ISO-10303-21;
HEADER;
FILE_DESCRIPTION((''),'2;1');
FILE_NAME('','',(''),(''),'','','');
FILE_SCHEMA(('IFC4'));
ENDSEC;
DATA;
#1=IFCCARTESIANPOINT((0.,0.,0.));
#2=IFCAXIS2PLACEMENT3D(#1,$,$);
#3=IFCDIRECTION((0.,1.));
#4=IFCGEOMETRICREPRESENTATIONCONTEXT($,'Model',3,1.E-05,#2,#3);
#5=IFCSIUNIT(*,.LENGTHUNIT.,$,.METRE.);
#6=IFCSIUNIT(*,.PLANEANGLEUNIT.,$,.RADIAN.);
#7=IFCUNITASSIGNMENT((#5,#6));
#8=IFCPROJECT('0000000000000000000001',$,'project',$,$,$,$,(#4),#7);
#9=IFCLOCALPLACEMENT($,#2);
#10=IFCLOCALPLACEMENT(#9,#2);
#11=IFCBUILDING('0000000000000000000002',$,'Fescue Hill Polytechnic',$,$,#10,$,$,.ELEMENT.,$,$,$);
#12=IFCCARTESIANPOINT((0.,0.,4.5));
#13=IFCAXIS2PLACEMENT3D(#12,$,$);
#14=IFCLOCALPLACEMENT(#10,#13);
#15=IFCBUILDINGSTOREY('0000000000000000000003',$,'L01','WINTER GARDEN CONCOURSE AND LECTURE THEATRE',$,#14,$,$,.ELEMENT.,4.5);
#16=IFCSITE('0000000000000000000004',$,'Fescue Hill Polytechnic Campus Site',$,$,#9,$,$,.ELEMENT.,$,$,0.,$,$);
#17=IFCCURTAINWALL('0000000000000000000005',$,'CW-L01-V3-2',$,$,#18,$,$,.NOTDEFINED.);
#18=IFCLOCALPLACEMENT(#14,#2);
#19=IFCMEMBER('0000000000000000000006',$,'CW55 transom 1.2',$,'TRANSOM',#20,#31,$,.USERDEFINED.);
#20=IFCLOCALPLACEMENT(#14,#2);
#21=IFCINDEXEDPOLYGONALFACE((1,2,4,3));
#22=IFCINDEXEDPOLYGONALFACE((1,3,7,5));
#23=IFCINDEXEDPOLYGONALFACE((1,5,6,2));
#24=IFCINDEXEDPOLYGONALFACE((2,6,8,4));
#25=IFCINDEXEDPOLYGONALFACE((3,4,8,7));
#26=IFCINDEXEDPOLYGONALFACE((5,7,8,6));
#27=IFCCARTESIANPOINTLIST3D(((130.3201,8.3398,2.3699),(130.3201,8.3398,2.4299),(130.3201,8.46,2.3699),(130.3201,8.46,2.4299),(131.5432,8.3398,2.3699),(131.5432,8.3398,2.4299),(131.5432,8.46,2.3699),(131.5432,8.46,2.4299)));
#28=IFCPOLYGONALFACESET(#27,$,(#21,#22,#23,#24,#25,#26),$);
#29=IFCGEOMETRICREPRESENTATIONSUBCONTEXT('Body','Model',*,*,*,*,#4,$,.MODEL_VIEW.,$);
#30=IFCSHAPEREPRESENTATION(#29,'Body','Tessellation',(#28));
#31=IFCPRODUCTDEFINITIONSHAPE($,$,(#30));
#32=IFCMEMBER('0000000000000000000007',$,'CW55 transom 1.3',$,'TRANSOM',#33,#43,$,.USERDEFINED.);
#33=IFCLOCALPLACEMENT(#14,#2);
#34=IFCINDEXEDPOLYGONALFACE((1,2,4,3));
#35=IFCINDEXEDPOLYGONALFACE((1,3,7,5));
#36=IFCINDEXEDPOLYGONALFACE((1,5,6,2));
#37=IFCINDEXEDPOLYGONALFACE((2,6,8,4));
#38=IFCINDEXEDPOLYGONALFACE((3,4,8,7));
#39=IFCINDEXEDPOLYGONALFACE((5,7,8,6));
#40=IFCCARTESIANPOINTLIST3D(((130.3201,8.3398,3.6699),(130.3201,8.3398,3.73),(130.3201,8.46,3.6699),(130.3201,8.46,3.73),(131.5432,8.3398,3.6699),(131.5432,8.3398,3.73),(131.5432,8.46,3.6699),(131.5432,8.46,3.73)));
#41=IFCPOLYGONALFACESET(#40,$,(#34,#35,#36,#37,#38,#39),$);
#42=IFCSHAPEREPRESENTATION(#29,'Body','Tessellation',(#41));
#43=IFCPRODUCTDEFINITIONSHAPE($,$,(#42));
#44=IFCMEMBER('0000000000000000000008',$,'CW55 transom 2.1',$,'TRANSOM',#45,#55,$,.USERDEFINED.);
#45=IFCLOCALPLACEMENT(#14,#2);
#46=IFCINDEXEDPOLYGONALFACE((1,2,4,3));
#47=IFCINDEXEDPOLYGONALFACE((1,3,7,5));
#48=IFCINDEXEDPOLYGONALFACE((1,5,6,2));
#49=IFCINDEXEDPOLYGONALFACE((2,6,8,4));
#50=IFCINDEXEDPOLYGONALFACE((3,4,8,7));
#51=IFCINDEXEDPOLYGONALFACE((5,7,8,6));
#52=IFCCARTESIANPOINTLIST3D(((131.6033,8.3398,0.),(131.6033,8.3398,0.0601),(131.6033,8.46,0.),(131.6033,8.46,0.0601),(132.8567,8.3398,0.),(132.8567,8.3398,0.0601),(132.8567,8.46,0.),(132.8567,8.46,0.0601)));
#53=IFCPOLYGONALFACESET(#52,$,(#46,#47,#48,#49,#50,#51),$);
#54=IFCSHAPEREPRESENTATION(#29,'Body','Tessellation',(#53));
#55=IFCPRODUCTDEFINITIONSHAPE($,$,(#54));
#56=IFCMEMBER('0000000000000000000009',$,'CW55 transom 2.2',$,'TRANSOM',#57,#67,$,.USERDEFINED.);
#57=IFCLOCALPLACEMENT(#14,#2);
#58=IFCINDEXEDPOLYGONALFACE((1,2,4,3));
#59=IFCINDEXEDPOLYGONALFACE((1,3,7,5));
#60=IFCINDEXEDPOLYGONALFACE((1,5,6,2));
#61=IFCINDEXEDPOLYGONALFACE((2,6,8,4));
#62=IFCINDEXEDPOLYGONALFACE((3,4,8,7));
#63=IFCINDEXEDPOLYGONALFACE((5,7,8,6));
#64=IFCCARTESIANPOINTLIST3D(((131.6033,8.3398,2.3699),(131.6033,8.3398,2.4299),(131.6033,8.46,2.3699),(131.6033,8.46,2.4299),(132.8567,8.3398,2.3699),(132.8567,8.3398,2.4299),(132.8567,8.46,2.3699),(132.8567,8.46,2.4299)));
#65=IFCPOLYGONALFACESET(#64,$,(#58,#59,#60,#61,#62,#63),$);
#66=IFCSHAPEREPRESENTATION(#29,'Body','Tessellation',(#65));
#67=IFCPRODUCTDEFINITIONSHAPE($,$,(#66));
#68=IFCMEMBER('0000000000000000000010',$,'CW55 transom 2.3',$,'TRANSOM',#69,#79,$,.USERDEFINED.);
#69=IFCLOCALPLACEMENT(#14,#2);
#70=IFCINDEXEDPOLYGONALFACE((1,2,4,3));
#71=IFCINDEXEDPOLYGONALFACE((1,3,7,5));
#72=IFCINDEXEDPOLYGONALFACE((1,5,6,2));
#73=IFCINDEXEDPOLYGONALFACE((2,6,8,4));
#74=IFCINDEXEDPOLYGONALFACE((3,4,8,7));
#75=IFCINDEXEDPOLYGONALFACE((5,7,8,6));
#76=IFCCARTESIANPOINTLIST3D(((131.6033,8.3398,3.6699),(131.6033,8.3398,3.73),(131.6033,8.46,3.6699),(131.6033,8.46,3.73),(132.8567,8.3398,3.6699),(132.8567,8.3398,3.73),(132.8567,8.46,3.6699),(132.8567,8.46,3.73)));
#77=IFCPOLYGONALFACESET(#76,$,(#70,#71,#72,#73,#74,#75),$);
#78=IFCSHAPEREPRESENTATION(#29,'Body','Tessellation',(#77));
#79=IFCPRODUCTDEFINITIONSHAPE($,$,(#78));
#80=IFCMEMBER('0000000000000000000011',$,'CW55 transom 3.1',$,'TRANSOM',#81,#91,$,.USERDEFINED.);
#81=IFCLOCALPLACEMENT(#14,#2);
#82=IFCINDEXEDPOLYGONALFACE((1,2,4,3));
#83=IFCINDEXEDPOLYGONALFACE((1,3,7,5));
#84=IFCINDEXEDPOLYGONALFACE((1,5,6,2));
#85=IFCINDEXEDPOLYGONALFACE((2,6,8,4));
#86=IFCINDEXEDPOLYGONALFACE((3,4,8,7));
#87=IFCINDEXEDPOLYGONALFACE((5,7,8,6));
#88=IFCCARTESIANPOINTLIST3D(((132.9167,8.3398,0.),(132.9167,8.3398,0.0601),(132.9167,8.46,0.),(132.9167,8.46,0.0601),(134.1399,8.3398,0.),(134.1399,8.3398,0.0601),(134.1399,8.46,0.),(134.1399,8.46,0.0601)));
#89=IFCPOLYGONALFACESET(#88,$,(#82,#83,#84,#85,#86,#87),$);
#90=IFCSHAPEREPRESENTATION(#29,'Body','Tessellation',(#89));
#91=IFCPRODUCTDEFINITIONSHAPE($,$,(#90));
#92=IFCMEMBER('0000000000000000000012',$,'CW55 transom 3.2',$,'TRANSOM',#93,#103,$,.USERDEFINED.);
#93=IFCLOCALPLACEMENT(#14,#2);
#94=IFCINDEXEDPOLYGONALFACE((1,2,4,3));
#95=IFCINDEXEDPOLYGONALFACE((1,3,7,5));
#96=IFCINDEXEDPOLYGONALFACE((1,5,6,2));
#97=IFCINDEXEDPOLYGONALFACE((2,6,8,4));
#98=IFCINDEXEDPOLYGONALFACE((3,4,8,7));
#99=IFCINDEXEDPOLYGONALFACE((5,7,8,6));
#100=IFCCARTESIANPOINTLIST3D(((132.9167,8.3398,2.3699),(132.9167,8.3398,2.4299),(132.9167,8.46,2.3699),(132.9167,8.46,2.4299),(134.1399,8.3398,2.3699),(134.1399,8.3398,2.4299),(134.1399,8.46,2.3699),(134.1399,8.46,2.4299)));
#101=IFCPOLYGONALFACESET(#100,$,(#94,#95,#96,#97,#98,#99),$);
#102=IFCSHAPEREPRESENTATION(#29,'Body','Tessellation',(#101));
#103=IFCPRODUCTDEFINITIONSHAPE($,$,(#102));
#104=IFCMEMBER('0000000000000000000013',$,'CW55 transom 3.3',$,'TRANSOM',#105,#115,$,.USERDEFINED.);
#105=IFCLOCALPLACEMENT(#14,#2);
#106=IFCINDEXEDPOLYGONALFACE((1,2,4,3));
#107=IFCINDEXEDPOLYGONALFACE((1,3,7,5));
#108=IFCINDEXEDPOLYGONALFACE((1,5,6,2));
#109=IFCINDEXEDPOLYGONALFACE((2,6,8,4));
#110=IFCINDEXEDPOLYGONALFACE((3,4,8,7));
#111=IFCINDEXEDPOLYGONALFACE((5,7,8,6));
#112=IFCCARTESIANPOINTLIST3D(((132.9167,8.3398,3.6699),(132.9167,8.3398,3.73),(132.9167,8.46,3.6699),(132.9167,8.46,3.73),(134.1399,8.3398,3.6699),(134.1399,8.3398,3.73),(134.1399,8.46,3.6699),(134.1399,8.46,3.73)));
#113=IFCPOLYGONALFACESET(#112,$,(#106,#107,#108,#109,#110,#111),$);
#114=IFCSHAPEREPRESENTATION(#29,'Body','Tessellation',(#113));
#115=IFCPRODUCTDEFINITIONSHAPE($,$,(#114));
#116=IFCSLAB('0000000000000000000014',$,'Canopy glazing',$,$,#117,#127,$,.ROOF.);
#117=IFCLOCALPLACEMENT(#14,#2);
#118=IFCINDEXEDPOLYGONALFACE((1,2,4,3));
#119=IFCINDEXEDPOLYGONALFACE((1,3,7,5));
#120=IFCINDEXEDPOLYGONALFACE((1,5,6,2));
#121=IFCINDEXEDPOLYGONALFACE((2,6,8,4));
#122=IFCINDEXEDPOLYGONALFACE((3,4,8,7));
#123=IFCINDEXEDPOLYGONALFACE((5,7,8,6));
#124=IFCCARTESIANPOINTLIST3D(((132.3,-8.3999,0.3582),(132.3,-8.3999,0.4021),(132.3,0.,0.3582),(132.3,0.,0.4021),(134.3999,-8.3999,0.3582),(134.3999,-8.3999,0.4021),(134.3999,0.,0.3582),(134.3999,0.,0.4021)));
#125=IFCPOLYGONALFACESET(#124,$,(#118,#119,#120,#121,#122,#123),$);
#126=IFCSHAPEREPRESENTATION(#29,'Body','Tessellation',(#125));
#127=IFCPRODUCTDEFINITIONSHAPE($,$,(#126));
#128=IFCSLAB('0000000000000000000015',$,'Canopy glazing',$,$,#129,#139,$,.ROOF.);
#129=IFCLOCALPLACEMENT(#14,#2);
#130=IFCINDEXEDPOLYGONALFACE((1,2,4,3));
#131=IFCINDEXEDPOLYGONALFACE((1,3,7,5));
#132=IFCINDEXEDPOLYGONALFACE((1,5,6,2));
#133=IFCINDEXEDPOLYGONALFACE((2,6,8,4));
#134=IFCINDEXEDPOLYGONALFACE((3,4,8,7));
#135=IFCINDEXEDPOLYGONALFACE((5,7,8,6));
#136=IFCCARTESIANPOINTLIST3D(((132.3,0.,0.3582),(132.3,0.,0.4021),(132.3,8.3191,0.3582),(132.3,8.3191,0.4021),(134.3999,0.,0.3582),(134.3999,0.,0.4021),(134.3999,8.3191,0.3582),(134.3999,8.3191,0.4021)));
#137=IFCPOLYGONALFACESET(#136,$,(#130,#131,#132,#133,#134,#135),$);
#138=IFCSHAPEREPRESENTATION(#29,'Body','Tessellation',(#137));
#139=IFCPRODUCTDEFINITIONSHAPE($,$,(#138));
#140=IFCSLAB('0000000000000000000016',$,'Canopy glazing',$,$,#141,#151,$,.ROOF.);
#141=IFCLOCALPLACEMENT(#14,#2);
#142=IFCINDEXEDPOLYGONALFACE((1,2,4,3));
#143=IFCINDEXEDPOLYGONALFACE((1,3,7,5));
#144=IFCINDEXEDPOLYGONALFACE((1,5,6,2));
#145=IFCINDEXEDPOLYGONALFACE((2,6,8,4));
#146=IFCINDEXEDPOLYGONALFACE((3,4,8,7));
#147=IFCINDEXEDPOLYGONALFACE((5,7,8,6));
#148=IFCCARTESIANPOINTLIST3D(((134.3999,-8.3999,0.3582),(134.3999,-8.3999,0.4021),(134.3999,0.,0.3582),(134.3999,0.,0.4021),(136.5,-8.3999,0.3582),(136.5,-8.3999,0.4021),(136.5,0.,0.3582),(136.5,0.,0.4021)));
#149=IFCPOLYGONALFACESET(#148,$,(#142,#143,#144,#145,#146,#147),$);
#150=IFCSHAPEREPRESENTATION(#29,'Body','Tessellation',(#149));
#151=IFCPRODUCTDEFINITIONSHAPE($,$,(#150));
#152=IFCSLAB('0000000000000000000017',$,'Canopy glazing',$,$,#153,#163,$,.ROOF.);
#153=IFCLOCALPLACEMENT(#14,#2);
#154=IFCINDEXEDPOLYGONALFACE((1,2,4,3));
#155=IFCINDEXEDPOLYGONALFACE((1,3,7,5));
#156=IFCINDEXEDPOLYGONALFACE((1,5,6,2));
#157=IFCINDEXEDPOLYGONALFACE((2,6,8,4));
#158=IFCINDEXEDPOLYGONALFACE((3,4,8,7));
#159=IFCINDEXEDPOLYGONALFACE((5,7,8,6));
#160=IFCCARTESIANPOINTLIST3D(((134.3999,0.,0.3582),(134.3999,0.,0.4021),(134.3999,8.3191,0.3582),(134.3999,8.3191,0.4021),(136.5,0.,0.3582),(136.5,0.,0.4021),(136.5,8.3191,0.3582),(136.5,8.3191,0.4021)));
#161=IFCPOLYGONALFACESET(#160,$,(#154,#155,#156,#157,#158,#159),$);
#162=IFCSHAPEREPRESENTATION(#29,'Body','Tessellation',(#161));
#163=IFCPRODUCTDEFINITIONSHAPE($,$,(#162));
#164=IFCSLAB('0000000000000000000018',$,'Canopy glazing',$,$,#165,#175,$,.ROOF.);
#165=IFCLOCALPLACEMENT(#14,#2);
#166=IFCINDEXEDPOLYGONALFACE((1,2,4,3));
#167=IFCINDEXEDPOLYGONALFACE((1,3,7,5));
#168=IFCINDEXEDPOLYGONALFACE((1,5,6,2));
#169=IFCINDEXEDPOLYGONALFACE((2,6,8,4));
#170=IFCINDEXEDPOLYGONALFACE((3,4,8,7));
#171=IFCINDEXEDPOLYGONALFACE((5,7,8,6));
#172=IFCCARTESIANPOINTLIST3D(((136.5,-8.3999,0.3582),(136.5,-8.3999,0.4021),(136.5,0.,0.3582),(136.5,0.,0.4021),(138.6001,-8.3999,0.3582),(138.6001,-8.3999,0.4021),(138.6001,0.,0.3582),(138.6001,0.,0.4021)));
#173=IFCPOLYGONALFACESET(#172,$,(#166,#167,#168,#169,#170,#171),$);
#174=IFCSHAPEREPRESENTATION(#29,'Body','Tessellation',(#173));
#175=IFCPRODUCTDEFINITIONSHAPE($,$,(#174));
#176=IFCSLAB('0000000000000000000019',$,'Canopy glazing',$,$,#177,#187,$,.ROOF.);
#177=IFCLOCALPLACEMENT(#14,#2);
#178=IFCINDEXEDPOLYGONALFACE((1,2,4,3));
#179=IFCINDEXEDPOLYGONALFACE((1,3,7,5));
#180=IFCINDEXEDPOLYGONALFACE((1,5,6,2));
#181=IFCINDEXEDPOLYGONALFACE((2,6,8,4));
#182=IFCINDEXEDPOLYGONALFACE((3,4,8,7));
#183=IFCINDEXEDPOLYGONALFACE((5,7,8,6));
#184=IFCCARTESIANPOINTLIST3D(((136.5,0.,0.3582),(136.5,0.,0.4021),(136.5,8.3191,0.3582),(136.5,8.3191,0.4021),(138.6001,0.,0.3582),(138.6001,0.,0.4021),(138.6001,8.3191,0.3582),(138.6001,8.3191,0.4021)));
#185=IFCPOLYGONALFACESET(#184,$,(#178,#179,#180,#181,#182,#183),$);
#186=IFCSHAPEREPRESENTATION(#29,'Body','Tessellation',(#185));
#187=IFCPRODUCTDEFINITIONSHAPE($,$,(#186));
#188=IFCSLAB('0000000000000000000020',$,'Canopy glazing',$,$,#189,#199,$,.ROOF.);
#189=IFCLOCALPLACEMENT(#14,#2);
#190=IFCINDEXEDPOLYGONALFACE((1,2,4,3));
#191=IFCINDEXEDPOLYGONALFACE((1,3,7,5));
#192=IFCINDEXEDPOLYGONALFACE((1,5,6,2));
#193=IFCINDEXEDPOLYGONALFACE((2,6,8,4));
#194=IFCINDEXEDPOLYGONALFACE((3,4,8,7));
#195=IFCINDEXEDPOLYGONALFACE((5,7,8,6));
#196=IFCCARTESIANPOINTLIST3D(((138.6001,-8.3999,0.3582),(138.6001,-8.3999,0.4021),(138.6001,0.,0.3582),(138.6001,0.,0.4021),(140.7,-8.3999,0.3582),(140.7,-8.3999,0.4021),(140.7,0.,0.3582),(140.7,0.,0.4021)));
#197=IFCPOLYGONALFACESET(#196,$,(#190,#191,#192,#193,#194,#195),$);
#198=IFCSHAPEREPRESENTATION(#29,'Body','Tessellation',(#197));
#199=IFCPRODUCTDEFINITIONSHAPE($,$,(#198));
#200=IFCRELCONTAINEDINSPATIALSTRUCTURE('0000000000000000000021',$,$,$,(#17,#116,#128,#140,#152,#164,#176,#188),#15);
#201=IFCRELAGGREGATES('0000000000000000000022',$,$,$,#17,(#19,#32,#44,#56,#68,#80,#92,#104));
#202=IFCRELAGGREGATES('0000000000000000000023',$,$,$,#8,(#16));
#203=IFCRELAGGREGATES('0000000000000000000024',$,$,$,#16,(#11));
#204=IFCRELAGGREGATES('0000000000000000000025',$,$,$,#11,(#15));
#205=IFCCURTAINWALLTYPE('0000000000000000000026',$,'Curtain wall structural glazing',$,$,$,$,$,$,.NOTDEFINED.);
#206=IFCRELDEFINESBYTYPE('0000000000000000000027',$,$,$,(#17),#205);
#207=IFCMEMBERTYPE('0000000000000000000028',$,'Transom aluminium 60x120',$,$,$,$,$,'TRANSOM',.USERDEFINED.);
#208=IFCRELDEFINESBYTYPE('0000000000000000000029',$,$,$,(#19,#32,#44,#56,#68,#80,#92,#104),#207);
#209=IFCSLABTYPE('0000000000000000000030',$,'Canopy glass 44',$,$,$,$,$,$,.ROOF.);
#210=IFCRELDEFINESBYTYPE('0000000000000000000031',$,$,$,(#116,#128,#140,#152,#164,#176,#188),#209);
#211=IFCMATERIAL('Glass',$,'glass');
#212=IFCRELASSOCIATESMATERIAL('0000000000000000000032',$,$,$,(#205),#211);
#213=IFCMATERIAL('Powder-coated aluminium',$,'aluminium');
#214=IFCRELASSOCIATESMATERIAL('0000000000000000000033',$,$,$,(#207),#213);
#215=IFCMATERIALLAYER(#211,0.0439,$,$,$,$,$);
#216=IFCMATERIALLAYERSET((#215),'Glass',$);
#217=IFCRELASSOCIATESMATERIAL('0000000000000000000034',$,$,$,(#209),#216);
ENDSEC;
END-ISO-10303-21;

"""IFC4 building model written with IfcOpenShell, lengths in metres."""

from ifc_helpers import new_model, si_unit, direction, frame, origin, origin_2d, place, context, subcontext, project, spatial, polyline, rectangle, outline, extrude, material, layer, layer_set, material_profile, profile_set, type_object, element, aggregate, save


model = new_model("IFC4")

# Units and contexts
model_context = context("Model", 3, precision=1e-05, world=origin(), true_north=direction((0.0, 1.0)))
body_context = subcontext(model_context, "Body", "Model", "MODEL_VIEW")
ifc_project = project(units=[si_unit("LENGTHUNIT", "METRE"), si_unit("PLANEANGLEUNIT", "RADIAN")], contexts=[model_context])

# Site, building, storey
site_placement = place(None, origin())
site = spatial("IfcSite", under=ifc_project, at=site_placement, Name="Fescue Hill Polytechnic Campus Site", CompositionType="ELEMENT", RefElevation=0.0)
building_placement = place(site_placement, origin())
building = spatial("IfcBuilding", under=site, at=building_placement, Name="Fescue Hill Polytechnic", CompositionType="ELEMENT")
storey_placement = place(building_placement, frame((0.0, 0.0, 4.5)))
storey = spatial("IfcBuildingStorey", under=building, at=storey_placement, Name="L01", Description="WINTER GARDEN CONCOURSE AND LECTURE THEATRE", CompositionType="ELEMENT", Elevation=4.5)

# Curtain wall, members
ifc_material_1 = material(Name="Glass", Category="glass")
curtain_wall_type = type_object("IfcCurtainWallType", Name="Curtain wall structural glazing", PredefinedType="NOTDEFINED", material=ifc_material_1)
curtain_wall_placement = place(storey_placement, origin())
curtain_wall = element("IfcCurtainWall", 1, at=curtain_wall_placement, inside=storey, type_object=curtain_wall_type, Name="CW-L01-V3-2", PredefinedType="NOTDEFINED")
ifc_material_2 = material(Name="Powder-coated aluminium", Category="aluminium")
ifc_material_profile_1 = material_profile(ifc_material_2, rectangle(XDim=0.1201, YDim=0.0601, at=origin_2d()), Name="Transom aluminium 60x120")
ifc_profile_set_1 = profile_set([ifc_material_profile_1], Name="Powder-coated aluminium")
member_type_1 = type_object("IfcMemberType", Name="Transom aluminium 60x120", ElementType="TRANSOM", PredefinedType="USERDEFINED", material=ifc_profile_set_1)
member_1_placement = place(storey_placement, frame((130.3201, 8.3999, 2.3999), z_axis=(1.0, 0.0, 0.0), x_axis=(0.0, 1.0, 0.0)))
member_1 = element("IfcMember", 2, at=member_1_placement, type_object=member_type_1, Name="CW55 transom 1.2", ObjectType="TRANSOM", PredefinedType="USERDEFINED", context=body_context, shape_type="SweptSolid", body=[
    extrude(rectangle(XDim=0.1201, YDim=0.0601, at=origin_2d()), origin(), (0.0, 0.0, 1.0), 1.2231),
])
member_2_placement = place(storey_placement, frame((130.3201, 8.3999, 3.7), z_axis=(1.0, 0.0, 0.0), x_axis=(0.0, 1.0, 0.0)))
member_2 = element("IfcMember", 3, at=member_2_placement, type_object=member_type_1, Name="CW55 transom 1.3", ObjectType="TRANSOM", PredefinedType="USERDEFINED", context=body_context, shape_type="SweptSolid", body=[
    extrude(rectangle(XDim=0.1201, YDim=0.0601, at=origin_2d()), origin(), (0.0, 0.0, 1.0), 1.2231),
])
member_3_placement = place(storey_placement, frame((131.6033, 8.3999, 0.03), z_axis=(1.0, 0.0, 0.0), x_axis=(0.0, 1.0, 0.0)))
member_3 = element("IfcMember", 4, at=member_3_placement, type_object=member_type_1, Name="CW55 transom 2.1", ObjectType="TRANSOM", PredefinedType="USERDEFINED", context=body_context, shape_type="SweptSolid", body=[
    extrude(rectangle(XDim=0.1201, YDim=0.0601, at=origin_2d()), origin(), (0.0, 0.0, 1.0), 1.2534),
])
member_4_placement = place(storey_placement, frame((131.6033, 8.3999, 2.3999), z_axis=(1.0, 0.0, 0.0), x_axis=(0.0, 1.0, 0.0)))
member_4 = element("IfcMember", 5, at=member_4_placement, type_object=member_type_1, Name="CW55 transom 2.2", ObjectType="TRANSOM", PredefinedType="USERDEFINED", context=body_context, shape_type="SweptSolid", body=[
    extrude(rectangle(XDim=0.1201, YDim=0.0601, at=origin_2d()), origin(), (0.0, 0.0, 1.0), 1.2534),
])
member_5_placement = place(storey_placement, frame((131.6033, 8.3999, 3.7), z_axis=(1.0, 0.0, 0.0), x_axis=(0.0, 1.0, 0.0)))
member_5 = element("IfcMember", 6, at=member_5_placement, type_object=member_type_1, Name="CW55 transom 2.3", ObjectType="TRANSOM", PredefinedType="USERDEFINED", context=body_context, shape_type="SweptSolid", body=[
    extrude(rectangle(XDim=0.1201, YDim=0.0601, at=origin_2d()), origin(), (0.0, 0.0, 1.0), 1.2534),
])
member_6_placement = place(storey_placement, frame((132.9167, 8.3999, 0.03), z_axis=(1.0, 0.0, 0.0), x_axis=(0.0, 1.0, 0.0)))
member_6 = element("IfcMember", 7, at=member_6_placement, type_object=member_type_1, Name="CW55 transom 3.1", ObjectType="TRANSOM", PredefinedType="USERDEFINED", context=body_context, shape_type="SweptSolid", body=[
    extrude(rectangle(XDim=0.1201, YDim=0.0601, at=origin_2d()), origin(), (0.0, 0.0, 1.0), 1.2231),
])
member_7_placement = place(storey_placement, frame((132.9167, 8.3999, 2.3999), z_axis=(1.0, 0.0, 0.0), x_axis=(0.0, 1.0, 0.0)))
member_7 = element("IfcMember", 8, at=member_7_placement, type_object=member_type_1, Name="CW55 transom 3.2", ObjectType="TRANSOM", PredefinedType="USERDEFINED", context=body_context, shape_type="SweptSolid", body=[
    extrude(rectangle(XDim=0.1201, YDim=0.0601, at=origin_2d()), origin(), (0.0, 0.0, 1.0), 1.2231),
])
member_8_placement = place(storey_placement, frame((132.9167, 8.3999, 3.7), z_axis=(1.0, 0.0, 0.0), x_axis=(0.0, 1.0, 0.0)))
member_8 = element("IfcMember", 9, at=member_8_placement, type_object=member_type_1, Name="CW55 transom 3.3", ObjectType="TRANSOM", PredefinedType="USERDEFINED", context=body_context, shape_type="SweptSolid", body=[
    extrude(rectangle(XDim=0.1201, YDim=0.0601, at=origin_2d()), origin(), (0.0, 0.0, 1.0), 1.2231),
])

# Slabs
ifc_layer_1 = layer(ifc_material_1, 0.0439)
ifc_layer_set_1 = layer_set([ifc_layer_1], Name="Glass")
slab_type = type_object("IfcSlabType", Name="Canopy glass 44", PredefinedType="ROOF", material=ifc_layer_set_1)
slab_1_placement = place(storey_placement, frame((132.3, -8.3999, 0.4021), z_axis=(0.0, 0.0, 1.0), x_axis=(1.0, 0.0, 0.0)))
element("IfcSlab", 10, at=slab_1_placement, inside=storey, type_object=slab_type, Name="Canopy glazing", PredefinedType="ROOF", context=body_context, shape_type="SweptSolid", body=[
    extrude(outline(polyline([(0.0, 0.0), (2.0999, 0.0), (2.0999, 8.3999), (0.0, 8.3999), (0.0, 0.0)])), origin(), (0.0, 0.0, -1.0), 0.0439),
])
slab_2_placement = place(storey_placement, frame((132.3, 0.0, 0.4021), z_axis=(0.0, 0.0, 1.0), x_axis=(1.0, 0.0, 0.0)))
element("IfcSlab", 11, at=slab_2_placement, inside=storey, type_object=slab_type, Name="Canopy glazing", PredefinedType="ROOF", context=body_context, shape_type="SweptSolid", body=[
    extrude(outline(polyline([(0.0, 0.0), (2.0999, 0.0), (2.0999, 8.3191), (0.0, 8.3191), (0.0, 0.0)])), origin(), (0.0, 0.0, -1.0), 0.0439),
])
slab_3_placement = place(storey_placement, frame((134.3999, -8.3999, 0.4021), z_axis=(0.0, 0.0, 1.0), x_axis=(1.0, 0.0, 0.0)))
element("IfcSlab", 12, at=slab_3_placement, inside=storey, type_object=slab_type, Name="Canopy glazing", PredefinedType="ROOF", context=body_context, shape_type="SweptSolid", body=[
    extrude(outline(polyline([(0.0, 0.0), (2.1001, 0.0), (2.1001, 8.3999), (0.0, 8.3999), (0.0, 0.0)])), origin(), (0.0, 0.0, -1.0), 0.0439),
])
slab_4_placement = place(storey_placement, frame((134.3999, 0.0, 0.4021), z_axis=(0.0, 0.0, 1.0), x_axis=(1.0, 0.0, 0.0)))
element("IfcSlab", 13, at=slab_4_placement, inside=storey, type_object=slab_type, Name="Canopy glazing", PredefinedType="ROOF", context=body_context, shape_type="SweptSolid", body=[
    extrude(outline(polyline([(0.0, 0.0), (2.1001, 0.0), (2.1001, 8.3191), (0.0, 8.3191), (0.0, 0.0)])), origin(), (0.0, 0.0, -1.0), 0.0439),
])
slab_5_placement = place(storey_placement, frame((136.5, -8.3999, 0.4021), z_axis=(0.0, 0.0, 1.0), x_axis=(1.0, 0.0, 0.0)))
element("IfcSlab", 14, at=slab_5_placement, inside=storey, type_object=slab_type, Name="Canopy glazing", PredefinedType="ROOF", context=body_context, shape_type="SweptSolid", body=[
    extrude(outline(polyline([(0.0, 0.0), (2.1001, 0.0), (2.1001, 8.3999), (0.0, 8.3999), (0.0, 0.0)])), origin(), (0.0, 0.0, -1.0), 0.0439),
])
slab_6_placement = place(storey_placement, frame((136.5, 0.0, 0.4021), z_axis=(0.0, 0.0, 1.0), x_axis=(1.0, 0.0, 0.0)))
element("IfcSlab", 15, at=slab_6_placement, inside=storey, type_object=slab_type, Name="Canopy glazing", PredefinedType="ROOF", context=body_context, shape_type="SweptSolid", body=[
    extrude(outline(polyline([(0.0, 0.0), (2.1001, 0.0), (2.1001, 8.3191), (0.0, 8.3191), (0.0, 0.0)])), origin(), (0.0, 0.0, -1.0), 0.0439),
])
slab_7_placement = place(storey_placement, frame((138.6001, -8.3999, 0.4021), z_axis=(0.0, 0.0, 1.0), x_axis=(1.0, 0.0, 0.0)))
element("IfcSlab", 16, at=slab_7_placement, inside=storey, type_object=slab_type, Name="Canopy glazing", PredefinedType="ROOF", context=body_context, shape_type="SweptSolid", body=[
    extrude(outline(polyline([(0.0, 0.0), (2.0999, 0.0), (2.0999, 8.3999), (0.0, 8.3999), (0.0, 0.0)])), origin(), (0.0, 0.0, -1.0), 0.0439),
])

aggregate(curtain_wall, [member_1, member_2, member_3, member_4, member_5, member_6, member_7, member_8])

save(model, "model.ifc")
